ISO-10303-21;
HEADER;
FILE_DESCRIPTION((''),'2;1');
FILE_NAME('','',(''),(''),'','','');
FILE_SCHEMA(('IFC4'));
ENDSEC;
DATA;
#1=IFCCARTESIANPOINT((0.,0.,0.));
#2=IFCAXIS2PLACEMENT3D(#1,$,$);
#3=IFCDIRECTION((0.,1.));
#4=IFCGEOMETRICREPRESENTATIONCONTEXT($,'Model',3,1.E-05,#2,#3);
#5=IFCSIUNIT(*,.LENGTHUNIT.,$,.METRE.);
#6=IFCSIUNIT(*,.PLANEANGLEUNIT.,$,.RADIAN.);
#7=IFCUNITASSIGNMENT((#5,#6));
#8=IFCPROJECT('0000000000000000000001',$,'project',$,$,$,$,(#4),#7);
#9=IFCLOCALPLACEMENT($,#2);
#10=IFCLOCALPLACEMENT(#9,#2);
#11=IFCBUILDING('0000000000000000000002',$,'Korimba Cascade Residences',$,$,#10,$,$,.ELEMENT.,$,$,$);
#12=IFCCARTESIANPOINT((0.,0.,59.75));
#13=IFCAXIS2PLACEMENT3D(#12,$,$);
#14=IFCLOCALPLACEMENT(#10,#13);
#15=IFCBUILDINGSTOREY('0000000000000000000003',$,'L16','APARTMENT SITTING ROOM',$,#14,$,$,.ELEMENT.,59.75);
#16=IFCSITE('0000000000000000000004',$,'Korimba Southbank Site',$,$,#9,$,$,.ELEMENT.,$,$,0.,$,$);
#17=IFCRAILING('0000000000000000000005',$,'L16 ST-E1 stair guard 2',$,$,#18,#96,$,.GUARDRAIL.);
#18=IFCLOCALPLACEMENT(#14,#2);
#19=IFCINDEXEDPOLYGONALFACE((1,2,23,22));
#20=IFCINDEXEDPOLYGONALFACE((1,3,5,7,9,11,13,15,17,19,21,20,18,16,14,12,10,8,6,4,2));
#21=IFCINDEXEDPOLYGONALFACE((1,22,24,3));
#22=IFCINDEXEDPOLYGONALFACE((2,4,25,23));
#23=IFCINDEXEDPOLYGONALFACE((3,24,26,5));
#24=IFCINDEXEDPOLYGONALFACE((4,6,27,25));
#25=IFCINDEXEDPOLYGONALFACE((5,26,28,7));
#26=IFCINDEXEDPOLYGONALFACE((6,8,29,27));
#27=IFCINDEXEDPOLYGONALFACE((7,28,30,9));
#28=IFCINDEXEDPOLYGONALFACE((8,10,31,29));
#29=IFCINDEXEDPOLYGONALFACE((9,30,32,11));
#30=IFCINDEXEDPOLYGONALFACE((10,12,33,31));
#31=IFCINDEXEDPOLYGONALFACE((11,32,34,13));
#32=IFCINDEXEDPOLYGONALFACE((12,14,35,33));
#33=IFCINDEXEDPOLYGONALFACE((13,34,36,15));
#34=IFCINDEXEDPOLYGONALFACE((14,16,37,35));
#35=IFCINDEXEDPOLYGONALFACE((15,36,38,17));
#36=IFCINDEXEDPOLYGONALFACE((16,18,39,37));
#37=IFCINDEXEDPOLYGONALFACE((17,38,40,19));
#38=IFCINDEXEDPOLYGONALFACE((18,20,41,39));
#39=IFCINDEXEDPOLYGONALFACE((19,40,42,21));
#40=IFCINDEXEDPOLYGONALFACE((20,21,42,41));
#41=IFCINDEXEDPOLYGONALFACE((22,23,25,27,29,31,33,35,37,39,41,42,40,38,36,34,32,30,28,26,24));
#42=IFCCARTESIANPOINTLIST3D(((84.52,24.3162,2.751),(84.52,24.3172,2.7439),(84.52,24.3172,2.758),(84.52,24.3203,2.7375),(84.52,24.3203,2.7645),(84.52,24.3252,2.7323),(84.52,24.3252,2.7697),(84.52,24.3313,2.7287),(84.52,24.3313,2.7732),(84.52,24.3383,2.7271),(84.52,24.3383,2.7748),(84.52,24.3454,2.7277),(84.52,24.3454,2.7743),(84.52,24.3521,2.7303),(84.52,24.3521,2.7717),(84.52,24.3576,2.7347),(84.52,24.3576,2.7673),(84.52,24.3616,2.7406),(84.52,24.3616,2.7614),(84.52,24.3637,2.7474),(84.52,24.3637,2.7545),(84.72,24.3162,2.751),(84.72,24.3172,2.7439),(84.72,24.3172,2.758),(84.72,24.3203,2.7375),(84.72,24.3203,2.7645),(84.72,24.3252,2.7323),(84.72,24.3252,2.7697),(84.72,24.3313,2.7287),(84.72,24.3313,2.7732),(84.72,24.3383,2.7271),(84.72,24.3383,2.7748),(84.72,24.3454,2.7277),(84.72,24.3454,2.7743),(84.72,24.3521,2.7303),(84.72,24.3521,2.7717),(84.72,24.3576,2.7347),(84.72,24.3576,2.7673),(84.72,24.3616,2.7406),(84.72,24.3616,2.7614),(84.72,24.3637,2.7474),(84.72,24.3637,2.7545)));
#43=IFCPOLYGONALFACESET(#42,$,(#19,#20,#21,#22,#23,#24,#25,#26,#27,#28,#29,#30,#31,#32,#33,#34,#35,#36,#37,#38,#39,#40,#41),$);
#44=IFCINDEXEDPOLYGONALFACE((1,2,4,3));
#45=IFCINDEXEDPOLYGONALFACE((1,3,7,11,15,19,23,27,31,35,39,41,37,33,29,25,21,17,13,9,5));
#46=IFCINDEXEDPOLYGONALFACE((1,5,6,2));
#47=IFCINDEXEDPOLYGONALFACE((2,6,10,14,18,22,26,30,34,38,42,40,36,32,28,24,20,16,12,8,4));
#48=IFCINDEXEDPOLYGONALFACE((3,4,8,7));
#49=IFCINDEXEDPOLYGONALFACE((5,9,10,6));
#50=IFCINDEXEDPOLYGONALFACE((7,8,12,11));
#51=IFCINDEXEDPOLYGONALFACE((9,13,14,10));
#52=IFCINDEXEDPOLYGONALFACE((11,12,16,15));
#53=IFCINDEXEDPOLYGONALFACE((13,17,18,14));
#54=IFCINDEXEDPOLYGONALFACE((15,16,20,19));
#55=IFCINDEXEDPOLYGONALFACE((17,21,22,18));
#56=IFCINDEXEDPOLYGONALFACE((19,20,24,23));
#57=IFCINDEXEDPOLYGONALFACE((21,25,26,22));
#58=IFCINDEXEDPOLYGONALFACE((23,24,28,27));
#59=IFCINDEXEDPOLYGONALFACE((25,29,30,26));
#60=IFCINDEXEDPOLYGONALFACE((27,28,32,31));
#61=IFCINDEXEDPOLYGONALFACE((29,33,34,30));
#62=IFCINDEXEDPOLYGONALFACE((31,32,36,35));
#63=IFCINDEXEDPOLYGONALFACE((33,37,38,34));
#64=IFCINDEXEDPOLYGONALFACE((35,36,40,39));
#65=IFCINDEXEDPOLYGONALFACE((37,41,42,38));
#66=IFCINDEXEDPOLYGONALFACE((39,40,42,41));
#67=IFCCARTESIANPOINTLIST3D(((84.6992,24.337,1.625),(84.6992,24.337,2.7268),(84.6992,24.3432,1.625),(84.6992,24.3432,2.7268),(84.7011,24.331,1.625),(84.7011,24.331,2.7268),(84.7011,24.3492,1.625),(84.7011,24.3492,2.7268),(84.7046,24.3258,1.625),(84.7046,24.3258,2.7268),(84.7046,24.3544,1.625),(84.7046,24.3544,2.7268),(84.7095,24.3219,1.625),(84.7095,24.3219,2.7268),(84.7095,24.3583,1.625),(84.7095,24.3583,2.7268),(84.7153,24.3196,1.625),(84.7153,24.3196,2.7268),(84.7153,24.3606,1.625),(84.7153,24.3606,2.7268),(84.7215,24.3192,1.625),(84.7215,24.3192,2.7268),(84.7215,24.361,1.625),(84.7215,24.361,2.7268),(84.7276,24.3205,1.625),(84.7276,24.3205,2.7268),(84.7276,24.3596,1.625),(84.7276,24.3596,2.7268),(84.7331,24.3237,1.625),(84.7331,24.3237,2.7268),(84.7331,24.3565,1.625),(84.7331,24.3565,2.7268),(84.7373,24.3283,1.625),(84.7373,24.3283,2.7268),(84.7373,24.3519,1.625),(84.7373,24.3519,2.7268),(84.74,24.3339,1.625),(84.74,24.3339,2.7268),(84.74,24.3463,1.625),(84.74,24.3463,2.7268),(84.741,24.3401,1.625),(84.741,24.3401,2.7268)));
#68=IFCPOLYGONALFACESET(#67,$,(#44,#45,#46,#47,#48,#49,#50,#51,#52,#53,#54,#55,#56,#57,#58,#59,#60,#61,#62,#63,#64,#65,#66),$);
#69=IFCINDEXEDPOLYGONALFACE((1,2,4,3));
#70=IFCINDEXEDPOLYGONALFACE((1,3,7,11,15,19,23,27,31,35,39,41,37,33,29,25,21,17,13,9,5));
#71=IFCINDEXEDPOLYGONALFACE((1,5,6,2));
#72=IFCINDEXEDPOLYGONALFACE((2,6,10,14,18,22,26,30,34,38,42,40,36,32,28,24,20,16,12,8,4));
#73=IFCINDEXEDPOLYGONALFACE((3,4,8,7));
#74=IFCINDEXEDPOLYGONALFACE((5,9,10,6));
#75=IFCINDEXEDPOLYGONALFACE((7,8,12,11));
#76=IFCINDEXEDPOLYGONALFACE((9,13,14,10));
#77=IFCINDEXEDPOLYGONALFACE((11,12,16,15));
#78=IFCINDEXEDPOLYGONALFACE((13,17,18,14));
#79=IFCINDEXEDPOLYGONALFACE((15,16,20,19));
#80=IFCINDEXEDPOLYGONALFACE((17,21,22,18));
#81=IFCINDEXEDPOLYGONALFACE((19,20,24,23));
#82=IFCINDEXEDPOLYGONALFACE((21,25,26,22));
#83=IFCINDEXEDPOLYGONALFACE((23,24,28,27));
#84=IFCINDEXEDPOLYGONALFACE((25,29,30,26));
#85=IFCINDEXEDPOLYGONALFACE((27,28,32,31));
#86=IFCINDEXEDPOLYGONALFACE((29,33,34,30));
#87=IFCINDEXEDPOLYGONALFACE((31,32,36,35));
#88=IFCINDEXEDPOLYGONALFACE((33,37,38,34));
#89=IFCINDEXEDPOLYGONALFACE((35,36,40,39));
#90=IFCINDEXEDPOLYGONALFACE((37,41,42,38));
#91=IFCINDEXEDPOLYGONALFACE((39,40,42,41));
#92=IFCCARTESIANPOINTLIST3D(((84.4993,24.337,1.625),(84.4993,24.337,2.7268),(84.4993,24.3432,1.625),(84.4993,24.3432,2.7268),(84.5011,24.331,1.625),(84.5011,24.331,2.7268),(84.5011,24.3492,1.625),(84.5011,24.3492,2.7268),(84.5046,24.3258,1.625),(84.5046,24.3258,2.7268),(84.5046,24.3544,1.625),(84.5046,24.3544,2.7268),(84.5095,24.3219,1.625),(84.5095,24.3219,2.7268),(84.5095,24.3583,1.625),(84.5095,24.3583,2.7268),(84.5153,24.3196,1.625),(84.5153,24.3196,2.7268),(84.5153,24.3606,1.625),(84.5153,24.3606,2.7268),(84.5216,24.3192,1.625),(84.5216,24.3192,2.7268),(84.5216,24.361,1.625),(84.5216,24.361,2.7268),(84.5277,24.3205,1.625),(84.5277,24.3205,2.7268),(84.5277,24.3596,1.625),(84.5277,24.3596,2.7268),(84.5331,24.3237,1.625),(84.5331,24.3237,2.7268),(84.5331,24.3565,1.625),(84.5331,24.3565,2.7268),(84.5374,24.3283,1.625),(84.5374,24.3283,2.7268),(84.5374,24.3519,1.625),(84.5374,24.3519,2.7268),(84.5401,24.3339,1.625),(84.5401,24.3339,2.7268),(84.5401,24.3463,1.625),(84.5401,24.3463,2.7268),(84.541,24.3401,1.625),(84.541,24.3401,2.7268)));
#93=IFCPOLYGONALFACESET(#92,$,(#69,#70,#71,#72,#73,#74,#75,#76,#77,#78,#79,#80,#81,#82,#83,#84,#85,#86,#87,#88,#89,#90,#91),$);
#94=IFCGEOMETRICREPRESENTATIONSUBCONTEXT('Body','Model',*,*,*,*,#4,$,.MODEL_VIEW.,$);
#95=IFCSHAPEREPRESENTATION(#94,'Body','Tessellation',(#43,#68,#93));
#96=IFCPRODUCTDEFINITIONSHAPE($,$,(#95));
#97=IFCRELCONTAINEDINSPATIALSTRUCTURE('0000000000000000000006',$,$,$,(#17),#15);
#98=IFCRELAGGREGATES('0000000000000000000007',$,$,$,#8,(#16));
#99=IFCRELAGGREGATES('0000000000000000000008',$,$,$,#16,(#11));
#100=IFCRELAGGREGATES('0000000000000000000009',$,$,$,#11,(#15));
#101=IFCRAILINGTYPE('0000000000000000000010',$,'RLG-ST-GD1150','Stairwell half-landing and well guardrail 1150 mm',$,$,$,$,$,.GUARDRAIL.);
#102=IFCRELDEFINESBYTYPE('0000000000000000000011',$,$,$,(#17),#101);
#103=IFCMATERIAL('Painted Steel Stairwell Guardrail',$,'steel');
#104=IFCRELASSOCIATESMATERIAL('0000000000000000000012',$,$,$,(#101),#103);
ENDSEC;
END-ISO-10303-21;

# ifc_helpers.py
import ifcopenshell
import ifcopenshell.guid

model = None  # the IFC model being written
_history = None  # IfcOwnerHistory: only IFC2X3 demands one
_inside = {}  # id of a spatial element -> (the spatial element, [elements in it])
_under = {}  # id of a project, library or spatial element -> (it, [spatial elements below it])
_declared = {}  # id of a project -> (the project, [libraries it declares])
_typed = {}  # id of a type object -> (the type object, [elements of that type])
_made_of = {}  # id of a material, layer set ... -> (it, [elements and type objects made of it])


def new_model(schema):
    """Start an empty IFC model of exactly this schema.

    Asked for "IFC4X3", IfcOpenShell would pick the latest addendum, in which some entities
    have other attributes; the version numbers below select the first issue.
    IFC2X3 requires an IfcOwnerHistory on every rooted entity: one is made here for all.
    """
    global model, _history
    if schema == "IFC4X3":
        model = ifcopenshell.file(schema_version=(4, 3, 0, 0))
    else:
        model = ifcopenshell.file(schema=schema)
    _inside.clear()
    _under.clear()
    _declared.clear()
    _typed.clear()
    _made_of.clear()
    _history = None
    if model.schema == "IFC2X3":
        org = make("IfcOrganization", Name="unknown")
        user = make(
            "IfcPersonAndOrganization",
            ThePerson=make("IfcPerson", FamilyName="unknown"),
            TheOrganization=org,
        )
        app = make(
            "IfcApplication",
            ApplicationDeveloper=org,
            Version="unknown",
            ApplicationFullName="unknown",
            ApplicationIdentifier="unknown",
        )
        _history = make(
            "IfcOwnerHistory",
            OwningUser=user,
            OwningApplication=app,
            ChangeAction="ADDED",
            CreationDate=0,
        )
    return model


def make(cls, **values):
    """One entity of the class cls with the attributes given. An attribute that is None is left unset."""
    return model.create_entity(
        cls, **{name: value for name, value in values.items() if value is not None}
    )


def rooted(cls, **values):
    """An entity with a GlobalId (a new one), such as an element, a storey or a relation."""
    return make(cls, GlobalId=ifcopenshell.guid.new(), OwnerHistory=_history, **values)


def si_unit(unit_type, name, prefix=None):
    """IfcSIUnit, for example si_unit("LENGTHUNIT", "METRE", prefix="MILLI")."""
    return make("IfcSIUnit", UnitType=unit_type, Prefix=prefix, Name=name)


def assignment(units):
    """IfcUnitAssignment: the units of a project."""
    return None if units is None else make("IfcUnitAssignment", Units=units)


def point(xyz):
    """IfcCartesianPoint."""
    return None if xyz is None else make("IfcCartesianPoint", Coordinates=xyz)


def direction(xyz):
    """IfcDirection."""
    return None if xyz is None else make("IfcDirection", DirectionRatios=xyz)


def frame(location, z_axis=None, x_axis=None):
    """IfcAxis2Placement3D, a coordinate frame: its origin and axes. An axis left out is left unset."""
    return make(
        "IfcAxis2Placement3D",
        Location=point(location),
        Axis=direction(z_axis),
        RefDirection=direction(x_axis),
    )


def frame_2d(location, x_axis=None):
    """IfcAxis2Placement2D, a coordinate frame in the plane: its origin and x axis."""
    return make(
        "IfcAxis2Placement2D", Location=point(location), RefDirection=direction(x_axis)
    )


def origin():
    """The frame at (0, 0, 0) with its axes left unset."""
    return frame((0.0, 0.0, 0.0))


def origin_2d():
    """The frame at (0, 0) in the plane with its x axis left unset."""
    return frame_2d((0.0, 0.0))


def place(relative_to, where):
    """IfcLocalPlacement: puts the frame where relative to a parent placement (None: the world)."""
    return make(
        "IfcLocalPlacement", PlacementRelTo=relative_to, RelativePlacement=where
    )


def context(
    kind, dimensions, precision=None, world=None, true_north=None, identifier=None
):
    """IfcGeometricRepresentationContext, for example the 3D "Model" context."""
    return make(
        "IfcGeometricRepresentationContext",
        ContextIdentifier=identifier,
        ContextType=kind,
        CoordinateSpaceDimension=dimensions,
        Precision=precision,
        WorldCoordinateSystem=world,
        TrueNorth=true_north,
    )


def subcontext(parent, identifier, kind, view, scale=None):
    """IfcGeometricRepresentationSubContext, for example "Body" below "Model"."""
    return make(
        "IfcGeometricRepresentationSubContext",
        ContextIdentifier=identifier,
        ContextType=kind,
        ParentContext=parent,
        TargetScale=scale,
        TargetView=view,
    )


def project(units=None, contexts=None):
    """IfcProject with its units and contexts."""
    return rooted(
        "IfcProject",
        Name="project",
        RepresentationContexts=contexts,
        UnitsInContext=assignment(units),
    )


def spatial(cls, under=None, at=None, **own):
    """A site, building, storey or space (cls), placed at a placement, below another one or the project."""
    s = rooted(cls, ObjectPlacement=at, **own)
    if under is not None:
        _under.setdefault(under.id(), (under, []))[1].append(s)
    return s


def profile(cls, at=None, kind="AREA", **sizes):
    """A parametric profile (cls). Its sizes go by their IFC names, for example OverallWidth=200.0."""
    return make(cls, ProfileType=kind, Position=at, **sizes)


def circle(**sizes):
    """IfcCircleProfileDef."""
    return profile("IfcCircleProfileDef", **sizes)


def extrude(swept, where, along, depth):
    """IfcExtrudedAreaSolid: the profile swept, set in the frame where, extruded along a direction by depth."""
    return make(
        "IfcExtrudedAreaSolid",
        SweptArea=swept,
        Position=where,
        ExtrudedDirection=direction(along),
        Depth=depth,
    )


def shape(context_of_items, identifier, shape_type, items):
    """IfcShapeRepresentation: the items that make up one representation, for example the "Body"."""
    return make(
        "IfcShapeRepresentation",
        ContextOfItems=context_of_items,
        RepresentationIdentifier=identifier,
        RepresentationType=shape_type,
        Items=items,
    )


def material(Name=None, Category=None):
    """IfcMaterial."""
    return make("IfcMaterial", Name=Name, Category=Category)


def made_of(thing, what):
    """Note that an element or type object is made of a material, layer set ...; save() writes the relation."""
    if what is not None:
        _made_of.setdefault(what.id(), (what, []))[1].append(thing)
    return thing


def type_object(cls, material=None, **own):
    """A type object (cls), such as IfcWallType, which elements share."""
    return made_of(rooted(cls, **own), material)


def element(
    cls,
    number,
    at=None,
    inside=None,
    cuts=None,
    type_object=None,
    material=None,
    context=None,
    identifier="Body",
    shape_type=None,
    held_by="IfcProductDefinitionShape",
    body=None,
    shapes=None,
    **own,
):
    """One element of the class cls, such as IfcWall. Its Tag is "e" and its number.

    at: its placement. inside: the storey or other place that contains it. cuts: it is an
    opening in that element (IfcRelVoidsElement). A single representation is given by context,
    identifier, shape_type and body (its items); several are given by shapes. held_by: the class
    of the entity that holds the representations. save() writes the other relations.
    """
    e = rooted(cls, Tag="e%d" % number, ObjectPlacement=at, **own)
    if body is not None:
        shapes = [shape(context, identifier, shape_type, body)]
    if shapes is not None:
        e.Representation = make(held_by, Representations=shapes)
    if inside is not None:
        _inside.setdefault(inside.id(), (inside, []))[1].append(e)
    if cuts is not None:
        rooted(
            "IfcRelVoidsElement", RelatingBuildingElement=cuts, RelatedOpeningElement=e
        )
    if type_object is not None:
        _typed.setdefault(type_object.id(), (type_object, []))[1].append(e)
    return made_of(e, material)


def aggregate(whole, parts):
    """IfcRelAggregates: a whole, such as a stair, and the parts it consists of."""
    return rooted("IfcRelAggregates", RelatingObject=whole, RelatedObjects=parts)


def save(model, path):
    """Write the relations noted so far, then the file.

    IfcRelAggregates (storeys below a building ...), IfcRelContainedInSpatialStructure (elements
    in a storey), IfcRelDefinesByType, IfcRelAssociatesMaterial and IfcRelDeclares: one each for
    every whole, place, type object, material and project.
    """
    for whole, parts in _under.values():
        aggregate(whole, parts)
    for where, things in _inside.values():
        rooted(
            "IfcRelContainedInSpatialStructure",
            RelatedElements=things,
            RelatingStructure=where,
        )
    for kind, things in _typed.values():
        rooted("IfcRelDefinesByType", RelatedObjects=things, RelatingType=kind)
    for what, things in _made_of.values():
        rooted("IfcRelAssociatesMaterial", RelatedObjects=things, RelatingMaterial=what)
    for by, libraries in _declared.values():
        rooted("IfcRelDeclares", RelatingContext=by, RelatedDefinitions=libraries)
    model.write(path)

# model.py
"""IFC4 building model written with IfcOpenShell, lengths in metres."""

from ifc_helpers import new_model, si_unit, direction, frame, origin, origin_2d, place, context, subcontext, project, spatial, circle, extrude, material, type_object, element, save


model = new_model("IFC4")

# Units and contexts
model_context = context("Model", 3, precision=1e-05, world=origin(), true_north=direction((0.0, 1.0)))
body_context = subcontext(model_context, "Body", "Model", "MODEL_VIEW")
ifc_project = project(units=[si_unit("LENGTHUNIT", "METRE"), si_unit("PLANEANGLEUNIT", "RADIAN")], contexts=[model_context])

# Site, building, storey
site_placement = place(None, origin())
site = spatial("IfcSite", under=ifc_project, at=site_placement, Name="Korimba Southbank Site", CompositionType="ELEMENT", RefElevation=0.0)
building_placement = place(site_placement, origin())
building = spatial("IfcBuilding", under=site, at=building_placement, Name="Korimba Cascade Residences", CompositionType="ELEMENT")
storey_placement = place(building_placement, frame((0.0, 0.0, 59.75)))
storey = spatial("IfcBuildingStorey", under=building, at=storey_placement, Name="L16", Description="APARTMENT SITTING ROOM", CompositionType="ELEMENT", Elevation=59.75)

# Railing
ifc_material_1 = material(Name="Painted Steel Stairwell Guardrail", Category="steel")
railing_type_1 = type_object("IfcRailingType", Name="RLG-ST-GD1150", Description="Stairwell half-landing and well guardrail 1150 mm", PredefinedType="GUARDRAIL", material=ifc_material_1)
railing_1_placement = place(storey_placement, frame((84.72, 24.3401, 1.625)))
element("IfcRailing", 1, at=railing_1_placement, inside=storey, type_object=railing_type_1, Name="L16 ST-E1 stair guard 2", PredefinedType="GUARDRAIL", context=body_context, shape_type="SweptSolid", body=[
    extrude(circle(Radius=0.0239, at=origin_2d()), frame((0.0, 0.0, 1.126), z_axis=(-1.0, 0.0, 0.0), x_axis=(0.0, -1.0, 0.0)), (0.0, 0.0, 1.0), 0.2),
    extrude(circle(Radius=0.021, at=origin_2d()), origin(), (0.0, 0.0, 1.0), 1.1018),
    extrude(circle(Radius=0.021, at=origin_2d()), frame((-0.2, 0.0, 0.0)), (0.0, 0.0, 1.0), 1.1018),
])

save(model, "model.ifc")
